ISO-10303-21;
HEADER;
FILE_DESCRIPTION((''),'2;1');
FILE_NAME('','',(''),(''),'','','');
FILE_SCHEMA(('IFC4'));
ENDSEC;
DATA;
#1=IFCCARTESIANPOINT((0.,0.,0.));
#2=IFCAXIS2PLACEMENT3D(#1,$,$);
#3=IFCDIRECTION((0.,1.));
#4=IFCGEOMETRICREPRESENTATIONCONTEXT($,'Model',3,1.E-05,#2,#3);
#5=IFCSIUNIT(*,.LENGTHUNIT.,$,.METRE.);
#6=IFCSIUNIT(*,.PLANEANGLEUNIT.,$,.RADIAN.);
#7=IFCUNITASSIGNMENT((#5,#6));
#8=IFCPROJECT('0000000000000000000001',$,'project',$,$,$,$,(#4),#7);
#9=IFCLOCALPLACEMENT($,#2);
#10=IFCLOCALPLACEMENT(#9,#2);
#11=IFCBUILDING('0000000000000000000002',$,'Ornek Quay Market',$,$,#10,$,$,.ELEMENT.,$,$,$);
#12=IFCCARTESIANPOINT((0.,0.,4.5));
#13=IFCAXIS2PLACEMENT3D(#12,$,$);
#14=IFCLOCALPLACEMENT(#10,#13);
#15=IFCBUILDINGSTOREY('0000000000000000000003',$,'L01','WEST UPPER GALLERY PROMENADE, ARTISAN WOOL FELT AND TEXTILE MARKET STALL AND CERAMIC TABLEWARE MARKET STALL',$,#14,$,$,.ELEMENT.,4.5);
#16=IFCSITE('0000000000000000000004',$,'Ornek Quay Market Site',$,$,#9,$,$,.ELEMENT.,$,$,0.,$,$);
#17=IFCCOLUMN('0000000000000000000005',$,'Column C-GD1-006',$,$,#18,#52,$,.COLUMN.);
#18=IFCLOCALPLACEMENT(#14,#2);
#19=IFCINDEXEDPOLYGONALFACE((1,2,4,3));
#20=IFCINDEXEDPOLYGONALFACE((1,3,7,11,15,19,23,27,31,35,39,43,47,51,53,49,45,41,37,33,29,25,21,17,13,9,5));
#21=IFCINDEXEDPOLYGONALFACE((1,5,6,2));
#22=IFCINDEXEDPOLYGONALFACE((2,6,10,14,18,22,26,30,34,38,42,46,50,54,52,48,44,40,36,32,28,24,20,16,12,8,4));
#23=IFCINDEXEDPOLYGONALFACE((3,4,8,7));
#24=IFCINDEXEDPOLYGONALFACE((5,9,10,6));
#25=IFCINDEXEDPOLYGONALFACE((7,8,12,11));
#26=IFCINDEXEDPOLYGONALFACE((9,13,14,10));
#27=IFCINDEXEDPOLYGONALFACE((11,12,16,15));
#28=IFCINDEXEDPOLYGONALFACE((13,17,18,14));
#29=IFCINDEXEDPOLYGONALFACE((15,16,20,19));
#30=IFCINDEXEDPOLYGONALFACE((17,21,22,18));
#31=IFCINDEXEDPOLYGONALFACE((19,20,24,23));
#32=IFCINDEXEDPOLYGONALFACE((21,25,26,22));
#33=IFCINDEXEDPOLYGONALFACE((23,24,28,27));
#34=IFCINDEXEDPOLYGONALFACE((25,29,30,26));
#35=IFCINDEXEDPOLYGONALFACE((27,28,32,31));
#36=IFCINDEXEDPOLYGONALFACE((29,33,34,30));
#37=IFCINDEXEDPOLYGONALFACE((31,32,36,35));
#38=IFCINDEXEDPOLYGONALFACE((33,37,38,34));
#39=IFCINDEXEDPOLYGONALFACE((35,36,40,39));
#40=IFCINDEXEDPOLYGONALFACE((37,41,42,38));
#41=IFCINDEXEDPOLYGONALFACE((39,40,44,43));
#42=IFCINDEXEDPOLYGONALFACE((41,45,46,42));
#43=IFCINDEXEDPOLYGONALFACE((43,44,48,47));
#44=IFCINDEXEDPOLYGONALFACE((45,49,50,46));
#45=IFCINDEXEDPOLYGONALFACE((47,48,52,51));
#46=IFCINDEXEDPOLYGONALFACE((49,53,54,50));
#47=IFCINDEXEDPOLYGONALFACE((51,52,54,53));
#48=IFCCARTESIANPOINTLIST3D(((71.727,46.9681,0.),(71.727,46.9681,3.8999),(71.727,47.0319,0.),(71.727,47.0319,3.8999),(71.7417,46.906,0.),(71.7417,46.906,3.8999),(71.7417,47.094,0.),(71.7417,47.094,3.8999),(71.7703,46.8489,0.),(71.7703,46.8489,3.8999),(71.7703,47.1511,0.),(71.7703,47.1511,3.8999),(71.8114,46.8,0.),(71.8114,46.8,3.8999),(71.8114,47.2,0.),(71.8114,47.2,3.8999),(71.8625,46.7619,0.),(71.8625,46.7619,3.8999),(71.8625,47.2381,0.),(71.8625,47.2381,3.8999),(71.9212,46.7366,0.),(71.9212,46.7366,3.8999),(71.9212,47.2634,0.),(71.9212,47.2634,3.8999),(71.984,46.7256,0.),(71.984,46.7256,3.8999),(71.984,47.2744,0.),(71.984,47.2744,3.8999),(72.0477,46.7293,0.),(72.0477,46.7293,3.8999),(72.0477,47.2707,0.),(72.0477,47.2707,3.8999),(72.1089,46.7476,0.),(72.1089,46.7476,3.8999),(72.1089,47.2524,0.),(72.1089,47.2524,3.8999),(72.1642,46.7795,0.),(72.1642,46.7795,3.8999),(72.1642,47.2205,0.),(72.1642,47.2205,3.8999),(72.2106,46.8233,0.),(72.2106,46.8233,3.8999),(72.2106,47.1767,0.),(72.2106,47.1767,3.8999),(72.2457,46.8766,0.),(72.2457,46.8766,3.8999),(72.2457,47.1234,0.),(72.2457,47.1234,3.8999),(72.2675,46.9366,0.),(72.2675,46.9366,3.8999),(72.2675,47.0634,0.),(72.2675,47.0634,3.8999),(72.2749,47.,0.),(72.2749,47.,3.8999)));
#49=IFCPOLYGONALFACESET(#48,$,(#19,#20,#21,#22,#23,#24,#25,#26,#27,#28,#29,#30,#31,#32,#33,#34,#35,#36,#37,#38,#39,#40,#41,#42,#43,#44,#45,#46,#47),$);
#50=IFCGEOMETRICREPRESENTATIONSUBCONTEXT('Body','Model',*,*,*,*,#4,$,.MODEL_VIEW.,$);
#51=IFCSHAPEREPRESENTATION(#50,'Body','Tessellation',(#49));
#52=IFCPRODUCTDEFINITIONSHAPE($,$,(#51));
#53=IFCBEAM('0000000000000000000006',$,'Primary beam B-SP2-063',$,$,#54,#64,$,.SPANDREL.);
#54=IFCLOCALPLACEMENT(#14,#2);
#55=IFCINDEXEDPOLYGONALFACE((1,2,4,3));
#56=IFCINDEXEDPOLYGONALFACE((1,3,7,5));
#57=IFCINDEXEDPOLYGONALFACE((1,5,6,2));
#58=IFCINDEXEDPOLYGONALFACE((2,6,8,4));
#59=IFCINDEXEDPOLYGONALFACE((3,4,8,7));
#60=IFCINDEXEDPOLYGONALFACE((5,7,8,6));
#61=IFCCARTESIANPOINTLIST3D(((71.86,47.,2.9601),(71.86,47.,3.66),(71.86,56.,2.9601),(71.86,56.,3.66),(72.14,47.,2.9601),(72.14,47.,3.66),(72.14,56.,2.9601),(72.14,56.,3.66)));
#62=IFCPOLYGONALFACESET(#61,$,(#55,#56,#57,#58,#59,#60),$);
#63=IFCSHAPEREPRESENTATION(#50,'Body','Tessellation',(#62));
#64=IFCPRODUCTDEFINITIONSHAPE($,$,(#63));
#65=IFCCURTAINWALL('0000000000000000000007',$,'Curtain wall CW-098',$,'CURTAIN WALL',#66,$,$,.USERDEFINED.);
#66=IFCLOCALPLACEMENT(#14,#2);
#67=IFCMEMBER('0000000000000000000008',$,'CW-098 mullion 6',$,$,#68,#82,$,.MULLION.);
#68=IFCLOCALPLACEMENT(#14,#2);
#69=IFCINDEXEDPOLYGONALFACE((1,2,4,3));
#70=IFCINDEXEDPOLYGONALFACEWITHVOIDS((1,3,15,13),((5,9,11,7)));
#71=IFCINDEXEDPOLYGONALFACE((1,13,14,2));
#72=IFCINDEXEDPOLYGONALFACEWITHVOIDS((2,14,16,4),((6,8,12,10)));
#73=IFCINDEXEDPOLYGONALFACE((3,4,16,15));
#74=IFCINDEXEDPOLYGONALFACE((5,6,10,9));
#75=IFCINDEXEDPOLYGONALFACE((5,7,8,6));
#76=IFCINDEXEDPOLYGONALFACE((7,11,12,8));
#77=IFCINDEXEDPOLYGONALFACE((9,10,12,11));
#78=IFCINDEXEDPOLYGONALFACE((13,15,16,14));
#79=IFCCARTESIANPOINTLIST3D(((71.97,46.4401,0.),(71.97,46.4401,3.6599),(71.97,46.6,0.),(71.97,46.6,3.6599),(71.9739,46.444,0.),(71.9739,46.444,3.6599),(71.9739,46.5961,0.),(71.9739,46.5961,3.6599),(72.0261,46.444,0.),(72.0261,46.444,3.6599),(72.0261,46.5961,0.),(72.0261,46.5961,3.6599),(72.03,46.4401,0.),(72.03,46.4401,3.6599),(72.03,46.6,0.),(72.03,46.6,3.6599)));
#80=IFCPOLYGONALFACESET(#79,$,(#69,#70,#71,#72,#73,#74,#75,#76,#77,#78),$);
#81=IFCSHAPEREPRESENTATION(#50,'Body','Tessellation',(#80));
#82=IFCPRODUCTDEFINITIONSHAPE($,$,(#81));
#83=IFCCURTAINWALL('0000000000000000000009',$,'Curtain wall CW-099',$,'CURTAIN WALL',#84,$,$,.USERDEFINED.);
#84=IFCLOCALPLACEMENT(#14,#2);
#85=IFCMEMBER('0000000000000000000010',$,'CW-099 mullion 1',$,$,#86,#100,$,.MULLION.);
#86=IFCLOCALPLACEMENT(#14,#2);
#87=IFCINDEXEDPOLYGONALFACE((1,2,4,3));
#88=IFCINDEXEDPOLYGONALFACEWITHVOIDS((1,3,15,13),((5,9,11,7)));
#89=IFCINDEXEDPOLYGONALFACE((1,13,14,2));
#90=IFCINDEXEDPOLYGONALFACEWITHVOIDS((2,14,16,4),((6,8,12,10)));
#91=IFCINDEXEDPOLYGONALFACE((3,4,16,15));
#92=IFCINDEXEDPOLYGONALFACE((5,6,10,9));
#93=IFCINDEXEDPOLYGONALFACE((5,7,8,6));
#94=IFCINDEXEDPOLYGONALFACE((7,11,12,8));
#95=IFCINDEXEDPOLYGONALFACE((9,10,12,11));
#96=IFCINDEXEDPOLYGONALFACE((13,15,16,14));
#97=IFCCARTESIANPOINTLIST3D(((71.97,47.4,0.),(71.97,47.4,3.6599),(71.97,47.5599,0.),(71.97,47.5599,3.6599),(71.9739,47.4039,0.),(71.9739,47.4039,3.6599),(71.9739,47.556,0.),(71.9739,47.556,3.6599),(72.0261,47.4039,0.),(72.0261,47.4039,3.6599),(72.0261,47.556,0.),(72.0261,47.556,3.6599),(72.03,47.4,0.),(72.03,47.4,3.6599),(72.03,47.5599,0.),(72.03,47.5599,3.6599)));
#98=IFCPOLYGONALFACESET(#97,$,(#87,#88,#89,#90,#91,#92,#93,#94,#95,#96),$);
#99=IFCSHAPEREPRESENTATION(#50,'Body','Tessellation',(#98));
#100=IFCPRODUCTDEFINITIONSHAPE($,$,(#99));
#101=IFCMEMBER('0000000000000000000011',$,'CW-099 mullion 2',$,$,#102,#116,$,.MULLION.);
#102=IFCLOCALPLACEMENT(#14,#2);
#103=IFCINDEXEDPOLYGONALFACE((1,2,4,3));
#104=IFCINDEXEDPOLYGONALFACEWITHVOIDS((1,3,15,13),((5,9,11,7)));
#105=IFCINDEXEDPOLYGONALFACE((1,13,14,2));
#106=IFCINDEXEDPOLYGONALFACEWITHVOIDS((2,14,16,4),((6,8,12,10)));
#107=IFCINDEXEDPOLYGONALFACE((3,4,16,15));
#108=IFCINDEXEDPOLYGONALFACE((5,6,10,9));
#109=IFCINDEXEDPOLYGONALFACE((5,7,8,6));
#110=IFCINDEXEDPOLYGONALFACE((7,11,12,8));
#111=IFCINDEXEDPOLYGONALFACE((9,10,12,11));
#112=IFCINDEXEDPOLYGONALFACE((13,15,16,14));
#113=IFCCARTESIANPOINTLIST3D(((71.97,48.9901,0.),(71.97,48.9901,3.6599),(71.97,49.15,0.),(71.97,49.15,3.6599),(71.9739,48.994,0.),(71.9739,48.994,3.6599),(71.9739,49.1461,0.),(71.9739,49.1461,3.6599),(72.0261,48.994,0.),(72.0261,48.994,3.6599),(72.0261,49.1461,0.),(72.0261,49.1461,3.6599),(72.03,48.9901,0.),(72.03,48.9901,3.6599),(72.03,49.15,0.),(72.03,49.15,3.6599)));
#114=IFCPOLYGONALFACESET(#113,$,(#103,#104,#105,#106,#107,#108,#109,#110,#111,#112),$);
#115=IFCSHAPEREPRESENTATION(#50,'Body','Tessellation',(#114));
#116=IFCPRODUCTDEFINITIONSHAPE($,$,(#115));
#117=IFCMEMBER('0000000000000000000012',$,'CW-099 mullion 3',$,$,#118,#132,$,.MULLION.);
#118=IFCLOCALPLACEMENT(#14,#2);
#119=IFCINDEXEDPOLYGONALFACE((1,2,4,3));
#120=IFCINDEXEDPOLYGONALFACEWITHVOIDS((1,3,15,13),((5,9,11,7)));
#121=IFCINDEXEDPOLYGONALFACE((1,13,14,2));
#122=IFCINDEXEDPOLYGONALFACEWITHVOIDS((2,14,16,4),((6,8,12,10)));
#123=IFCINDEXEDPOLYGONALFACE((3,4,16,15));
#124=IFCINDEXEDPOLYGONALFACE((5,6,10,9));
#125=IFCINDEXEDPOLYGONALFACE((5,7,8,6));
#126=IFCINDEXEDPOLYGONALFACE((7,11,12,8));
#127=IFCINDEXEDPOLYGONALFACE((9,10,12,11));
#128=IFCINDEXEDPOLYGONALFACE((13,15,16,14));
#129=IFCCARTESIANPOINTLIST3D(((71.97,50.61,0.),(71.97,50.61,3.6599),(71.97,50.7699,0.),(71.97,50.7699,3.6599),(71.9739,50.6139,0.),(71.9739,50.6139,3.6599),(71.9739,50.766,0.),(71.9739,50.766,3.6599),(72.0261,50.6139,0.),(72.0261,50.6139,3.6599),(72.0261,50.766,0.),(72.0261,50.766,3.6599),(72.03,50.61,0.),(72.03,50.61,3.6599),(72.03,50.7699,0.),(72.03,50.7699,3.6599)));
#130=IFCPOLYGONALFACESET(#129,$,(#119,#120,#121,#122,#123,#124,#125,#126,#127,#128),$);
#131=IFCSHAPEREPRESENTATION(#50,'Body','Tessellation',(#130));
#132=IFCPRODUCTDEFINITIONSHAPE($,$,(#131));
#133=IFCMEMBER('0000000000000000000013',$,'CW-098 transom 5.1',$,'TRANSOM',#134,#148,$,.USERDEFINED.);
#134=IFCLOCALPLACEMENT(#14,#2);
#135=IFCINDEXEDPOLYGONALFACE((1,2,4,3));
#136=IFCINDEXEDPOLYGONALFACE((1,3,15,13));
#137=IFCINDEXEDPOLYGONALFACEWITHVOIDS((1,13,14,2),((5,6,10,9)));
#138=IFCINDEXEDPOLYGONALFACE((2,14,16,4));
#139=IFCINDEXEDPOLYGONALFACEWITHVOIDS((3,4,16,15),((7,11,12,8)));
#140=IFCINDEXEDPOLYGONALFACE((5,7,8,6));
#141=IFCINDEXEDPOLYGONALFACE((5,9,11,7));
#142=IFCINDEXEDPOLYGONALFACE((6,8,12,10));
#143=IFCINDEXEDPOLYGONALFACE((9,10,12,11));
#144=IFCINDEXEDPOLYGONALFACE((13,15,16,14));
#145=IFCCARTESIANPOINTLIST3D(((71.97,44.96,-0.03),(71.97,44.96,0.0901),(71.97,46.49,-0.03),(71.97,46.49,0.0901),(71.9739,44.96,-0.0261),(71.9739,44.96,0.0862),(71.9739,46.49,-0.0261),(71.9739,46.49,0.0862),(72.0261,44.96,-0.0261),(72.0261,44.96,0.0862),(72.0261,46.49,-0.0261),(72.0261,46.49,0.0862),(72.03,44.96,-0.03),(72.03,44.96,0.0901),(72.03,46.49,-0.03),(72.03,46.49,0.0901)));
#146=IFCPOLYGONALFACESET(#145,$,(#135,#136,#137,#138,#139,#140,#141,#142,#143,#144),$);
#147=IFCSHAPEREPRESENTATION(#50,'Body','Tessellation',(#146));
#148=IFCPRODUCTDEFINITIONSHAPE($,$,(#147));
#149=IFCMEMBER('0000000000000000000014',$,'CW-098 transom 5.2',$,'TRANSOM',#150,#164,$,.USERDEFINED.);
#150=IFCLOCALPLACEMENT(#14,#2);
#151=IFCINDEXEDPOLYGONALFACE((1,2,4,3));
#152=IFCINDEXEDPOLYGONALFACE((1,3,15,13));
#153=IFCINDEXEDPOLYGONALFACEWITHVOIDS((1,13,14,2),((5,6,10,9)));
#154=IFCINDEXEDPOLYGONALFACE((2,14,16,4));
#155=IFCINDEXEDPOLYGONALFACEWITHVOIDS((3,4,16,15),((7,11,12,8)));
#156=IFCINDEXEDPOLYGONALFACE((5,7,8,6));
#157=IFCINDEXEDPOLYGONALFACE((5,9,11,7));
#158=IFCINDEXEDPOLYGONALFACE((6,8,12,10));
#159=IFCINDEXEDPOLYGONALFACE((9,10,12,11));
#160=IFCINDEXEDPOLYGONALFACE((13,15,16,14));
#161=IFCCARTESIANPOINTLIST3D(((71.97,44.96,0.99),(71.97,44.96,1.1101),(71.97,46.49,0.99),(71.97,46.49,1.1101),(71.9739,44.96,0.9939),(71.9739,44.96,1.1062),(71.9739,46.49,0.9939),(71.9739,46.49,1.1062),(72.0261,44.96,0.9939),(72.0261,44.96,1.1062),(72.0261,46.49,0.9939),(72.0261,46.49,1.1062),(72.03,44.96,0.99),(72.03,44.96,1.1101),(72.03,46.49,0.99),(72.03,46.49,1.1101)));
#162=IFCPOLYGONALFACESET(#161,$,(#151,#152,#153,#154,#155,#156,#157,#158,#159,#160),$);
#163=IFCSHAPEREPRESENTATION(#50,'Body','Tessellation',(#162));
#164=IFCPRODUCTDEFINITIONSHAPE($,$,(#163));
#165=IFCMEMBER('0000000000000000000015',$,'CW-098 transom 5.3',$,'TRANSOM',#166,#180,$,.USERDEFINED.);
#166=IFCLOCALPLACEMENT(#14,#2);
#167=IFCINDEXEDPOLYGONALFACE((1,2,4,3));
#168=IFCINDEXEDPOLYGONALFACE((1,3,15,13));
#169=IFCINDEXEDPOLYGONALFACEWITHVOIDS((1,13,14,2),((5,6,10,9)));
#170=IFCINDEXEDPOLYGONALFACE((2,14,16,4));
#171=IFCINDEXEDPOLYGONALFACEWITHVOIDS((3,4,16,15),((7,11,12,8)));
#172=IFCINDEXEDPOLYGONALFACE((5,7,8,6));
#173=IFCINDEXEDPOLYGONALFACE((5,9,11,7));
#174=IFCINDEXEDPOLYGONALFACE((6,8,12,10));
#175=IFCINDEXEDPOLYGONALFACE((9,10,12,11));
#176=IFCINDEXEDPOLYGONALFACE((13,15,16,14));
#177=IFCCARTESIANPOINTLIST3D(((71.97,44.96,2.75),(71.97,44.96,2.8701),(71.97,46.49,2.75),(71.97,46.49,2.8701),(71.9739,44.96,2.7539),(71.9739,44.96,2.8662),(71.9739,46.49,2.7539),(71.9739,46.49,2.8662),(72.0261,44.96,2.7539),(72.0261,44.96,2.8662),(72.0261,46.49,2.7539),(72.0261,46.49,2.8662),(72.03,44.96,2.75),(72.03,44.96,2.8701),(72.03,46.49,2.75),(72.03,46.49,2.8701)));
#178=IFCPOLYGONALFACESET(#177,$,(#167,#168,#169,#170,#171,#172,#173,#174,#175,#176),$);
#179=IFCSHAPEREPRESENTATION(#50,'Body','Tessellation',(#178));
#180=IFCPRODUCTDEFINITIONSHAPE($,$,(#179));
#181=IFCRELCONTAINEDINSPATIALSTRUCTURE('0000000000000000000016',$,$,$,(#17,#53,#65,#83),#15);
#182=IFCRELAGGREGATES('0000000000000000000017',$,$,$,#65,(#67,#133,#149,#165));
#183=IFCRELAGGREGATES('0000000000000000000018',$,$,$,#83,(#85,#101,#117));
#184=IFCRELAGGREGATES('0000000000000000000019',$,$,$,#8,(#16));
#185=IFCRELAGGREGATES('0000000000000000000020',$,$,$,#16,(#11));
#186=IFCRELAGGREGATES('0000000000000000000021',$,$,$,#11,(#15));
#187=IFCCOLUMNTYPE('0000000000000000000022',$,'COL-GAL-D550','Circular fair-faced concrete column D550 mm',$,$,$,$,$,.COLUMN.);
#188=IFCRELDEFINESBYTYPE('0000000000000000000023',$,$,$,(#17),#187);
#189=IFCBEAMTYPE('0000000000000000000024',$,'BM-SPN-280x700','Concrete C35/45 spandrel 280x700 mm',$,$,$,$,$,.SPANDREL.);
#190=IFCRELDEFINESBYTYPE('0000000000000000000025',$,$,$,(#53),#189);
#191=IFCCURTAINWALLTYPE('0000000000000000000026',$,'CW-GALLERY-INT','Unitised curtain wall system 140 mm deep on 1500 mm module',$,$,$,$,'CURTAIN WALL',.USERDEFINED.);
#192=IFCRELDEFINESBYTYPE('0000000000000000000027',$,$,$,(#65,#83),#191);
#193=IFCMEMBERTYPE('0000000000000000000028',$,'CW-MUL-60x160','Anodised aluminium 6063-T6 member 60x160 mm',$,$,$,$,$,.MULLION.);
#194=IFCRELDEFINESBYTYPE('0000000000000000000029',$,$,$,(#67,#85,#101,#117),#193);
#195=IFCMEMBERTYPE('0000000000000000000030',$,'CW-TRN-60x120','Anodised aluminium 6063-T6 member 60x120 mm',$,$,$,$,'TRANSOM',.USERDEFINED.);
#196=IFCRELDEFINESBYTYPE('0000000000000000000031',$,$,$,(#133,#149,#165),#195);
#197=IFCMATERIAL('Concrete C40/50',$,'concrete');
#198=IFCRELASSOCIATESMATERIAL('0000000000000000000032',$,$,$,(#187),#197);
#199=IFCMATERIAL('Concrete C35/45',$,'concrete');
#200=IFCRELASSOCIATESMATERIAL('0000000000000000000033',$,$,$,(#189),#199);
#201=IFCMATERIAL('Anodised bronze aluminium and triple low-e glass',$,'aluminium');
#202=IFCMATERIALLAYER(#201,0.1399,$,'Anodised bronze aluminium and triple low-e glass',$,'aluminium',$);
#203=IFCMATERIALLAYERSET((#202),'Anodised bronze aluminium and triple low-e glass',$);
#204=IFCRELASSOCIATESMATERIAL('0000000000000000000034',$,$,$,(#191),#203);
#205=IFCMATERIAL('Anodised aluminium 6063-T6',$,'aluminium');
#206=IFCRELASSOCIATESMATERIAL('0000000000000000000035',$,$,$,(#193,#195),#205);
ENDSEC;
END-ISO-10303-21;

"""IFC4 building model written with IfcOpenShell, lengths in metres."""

from ifc_helpers import new_model, si_unit, direction, frame, origin, origin_2d, place, context, subcontext, project, spatial, rectangle, hollow_rectangle, circle, extrude, material, layer, layer_set, material_profile, profile_set, type_object, element, aggregate, save


model = new_model("IFC4")

# Units and contexts
model_context = context("Model", 3, precision=1e-05, world=origin(), true_north=direction((0.0, 1.0)))
body_context = subcontext(model_context, "Body", "Model", "MODEL_VIEW")
ifc_project = project(units=[si_unit("LENGTHUNIT", "METRE"), si_unit("PLANEANGLEUNIT", "RADIAN")], contexts=[model_context])

# Site, building, storey
site_placement = place(None, origin())
site = spatial("IfcSite", under=ifc_project, at=site_placement, Name="Ornek Quay Market Site", CompositionType="ELEMENT", RefElevation=0.0)
building_placement = place(site_placement, origin())
building = spatial("IfcBuilding", under=site, at=building_placement, Name="Ornek Quay Market", CompositionType="ELEMENT")
storey_placement = place(building_placement, frame((0.0, 0.0, 4.5)))
storey = spatial("IfcBuildingStorey", under=building, at=storey_placement, Name="L01", Description="WEST UPPER GALLERY PROMENADE, ARTISAN WOOL FELT AND TEXTILE MARKET STALL AND CERAMIC TABLEWARE MARKET STALL", CompositionType="ELEMENT", Elevation=4.5)

# Column
ifc_material_1 = material(Name="Concrete C40/50", Category="concrete")
ifc_material_profile_1 = material_profile(ifc_material_1, circle(Radius=0.2749, at=origin_2d()), Name="RC D550", Category="concrete")
ifc_profile_set_1 = profile_set([ifc_material_profile_1], Name="Concrete C40/50")
column_type = type_object("IfcColumnType", Name="COL-GAL-D550", Description="Circular fair-faced concrete column D550 mm", PredefinedType="COLUMN", material=ifc_profile_set_1)
column_placement = place(storey_placement, frame((72.0, 47.0, 0.0), z_axis=(0.0, 0.0, 1.0), x_axis=(1.0, 0.0, 0.0)))
element("IfcColumn", 1, at=column_placement, inside=storey, type_object=column_type, Name="Column C-GD1-006", PredefinedType="COLUMN", context=body_context, shape_type="SweptSolid", body=[
    extrude(circle(Radius=0.2749, at=origin_2d()), origin(), (0.0, 0.0, 1.0), 3.8999),
])

# Beam
ifc_material_2 = material(Name="Concrete C35/45", Category="concrete")
ifc_material_profile_2 = material_profile(ifc_material_2, rectangle(XDim=0.28, YDim=0.7, at=origin_2d()), Name="RC 280x700", Category="concrete")
ifc_profile_set_2 = profile_set([ifc_material_profile_2], Name="Concrete C35/45")
beam_type = type_object("IfcBeamType", Name="BM-SPN-280x700", Description="Concrete C35/45 spandrel 280x700 mm", PredefinedType="SPANDREL", material=ifc_profile_set_2)
beam_placement = place(storey_placement, frame((72.0, 47.0, 3.3101), z_axis=(0.0, 1.0, 0.0), x_axis=(-1.0, 0.0, 0.0)))
element("IfcBeam", 2, at=beam_placement, inside=storey, type_object=beam_type, Name="Primary beam B-SP2-063", PredefinedType="SPANDREL", context=body_context, shape_type="SweptSolid", body=[
    extrude(rectangle(XDim=0.28, YDim=0.7, at=origin_2d()), origin(), (0.0, 0.0, 1.0), 9.0),
])

# Curtain wall, member
ifc_material_3 = material(Name="Anodised bronze aluminium and triple low-e glass", Category="aluminium")
ifc_layer_1 = layer(ifc_material_3, 0.1399, Name="Anodised bronze aluminium and triple low-e glass", Category="aluminium")
ifc_layer_set_1 = layer_set([ifc_layer_1], Name="Anodised bronze aluminium and triple low-e glass")
curtain_wall_type = type_object("IfcCurtainWallType", Name="CW-GALLERY-INT", Description="Unitised curtain wall system 140 mm deep on 1500 mm module", ElementType="CURTAIN WALL", PredefinedType="USERDEFINED", material=ifc_layer_set_1)
curtain_wall_1_placement = place(storey_placement, origin())
curtain_wall_1 = element("IfcCurtainWall", 3, at=curtain_wall_1_placement, inside=storey, type_object=curtain_wall_type, Name="Curtain wall CW-098", ObjectType="CURTAIN WALL", PredefinedType="USERDEFINED")
ifc_material_4 = material(Name="Anodised aluminium 6063-T6", Category="aluminium")
ifc_material_profile_3 = material_profile(ifc_material_4, hollow_rectangle(XDim=0.0601, YDim=0.1599, WallThickness=0.0039, at=origin_2d()), Name="CW-MUL-60x160", Category="aluminium")
ifc_profile_set_3 = profile_set([ifc_material_profile_3], Name="Anodised aluminium 6063-T6")
member_type_1 = type_object("IfcMemberType", Name="CW-MUL-60x160", Description="Anodised aluminium 6063-T6 member 60x160 mm", PredefinedType="MULLION", material=ifc_profile_set_3)
member_1_placement = place(storey_placement, frame((72.0, 46.52, 0.0), z_axis=(0.0, 0.0, 1.0), x_axis=(-1.0, 0.0, 0.0)))
member_1 = element("IfcMember", 4, at=member_1_placement, type_object=member_type_1, Name="CW-098 mullion 6", PredefinedType="MULLION", context=body_context, shape_type="SweptSolid", body=[
    extrude(hollow_rectangle(XDim=0.0601, YDim=0.1599, WallThickness=0.0039, at=origin_2d()), origin(), (0.0, 0.0, 1.0), 3.6599),
])

# Curtain wall, members
curtain_wall_2_placement = place(storey_placement, origin())
curtain_wall_2 = element("IfcCurtainWall", 5, at=curtain_wall_2_placement, inside=storey, type_object=curtain_wall_type, Name="Curtain wall CW-099", ObjectType="CURTAIN WALL", PredefinedType="USERDEFINED")
member_2_placement = place(storey_placement, frame((72.0, 47.48, 0.0), z_axis=(0.0, 0.0, 1.0), x_axis=(-1.0, 0.0, 0.0)))
member_2 = element("IfcMember", 6, at=member_2_placement, type_object=member_type_1, Name="CW-099 mullion 1", PredefinedType="MULLION", context=body_context, shape_type="SweptSolid", body=[
    extrude(hollow_rectangle(XDim=0.0601, YDim=0.1599, WallThickness=0.0039, at=origin_2d()), origin(), (0.0, 0.0, 1.0), 3.6599),
])
member_3_placement = place(storey_placement, frame((72.0, 49.0701, 0.0), z_axis=(0.0, 0.0, 1.0), x_axis=(-1.0, 0.0, 0.0)))
member_3 = element("IfcMember", 7, at=member_3_placement, type_object=member_type_1, Name="CW-099 mullion 2", PredefinedType="MULLION", context=body_context, shape_type="SweptSolid", body=[
    extrude(hollow_rectangle(XDim=0.0601, YDim=0.1599, WallThickness=0.0039, at=origin_2d()), origin(), (0.0, 0.0, 1.0), 3.6599),
])
member_4_placement = place(storey_placement, frame((72.0, 50.6899, 0.0), z_axis=(0.0, 0.0, 1.0), x_axis=(-1.0, 0.0, 0.0)))
member_4 = element("IfcMember", 8, at=member_4_placement, type_object=member_type_1, Name="CW-099 mullion 3", PredefinedType="MULLION", context=body_context, shape_type="SweptSolid", body=[
    extrude(hollow_rectangle(XDim=0.0601, YDim=0.1599, WallThickness=0.0039, at=origin_2d()), origin(), (0.0, 0.0, 1.0), 3.6599),
])

# Members
ifc_material_profile_4 = material_profile(ifc_material_4, hollow_rectangle(XDim=0.0601, YDim=0.1201, WallThickness=0.0039, at=origin_2d()), Name="CW-TRN-60x120", Category="aluminium")
ifc_profile_set_4 = profile_set([ifc_material_profile_4], Name="Anodised aluminium 6063-T6")
member_type_2 = type_object("IfcMemberType", Name="CW-TRN-60x120", Description="Anodised aluminium 6063-T6 member 60x120 mm", ElementType="TRANSOM", PredefinedType="USERDEFINED", material=ifc_profile_set_4)
member_5_placement = place(storey_placement, frame((72.0, 44.96, 0.03), z_axis=(0.0, 1.0, 0.0), x_axis=(-1.0, 0.0, 0.0)))
member_5 = element("IfcMember", 9, at=member_5_placement, type_object=member_type_2, Name="CW-098 transom 5.1", ObjectType="TRANSOM", PredefinedType="USERDEFINED", context=body_context, shape_type="SweptSolid", body=[
    extrude(hollow_rectangle(XDim=0.0601, YDim=0.1201, WallThickness=0.0039, at=origin_2d()), origin(), (0.0, 0.0, 1.0), 1.53),
])
member_6_placement = place(storey_placement, frame((72.0, 44.96, 1.05), z_axis=(0.0, 1.0, 0.0), x_axis=(-1.0, 0.0, 0.0)))
member_6 = element("IfcMember", 10, at=member_6_placement, type_object=member_type_2, Name="CW-098 transom 5.2", ObjectType="TRANSOM", PredefinedType="USERDEFINED", context=body_context, shape_type="SweptSolid", body=[
    extrude(hollow_rectangle(XDim=0.0601, YDim=0.1201, WallThickness=0.0039, at=origin_2d()), origin(), (0.0, 0.0, 1.0), 1.53),
])
member_7_placement = place(storey_placement, frame((72.0, 44.96, 2.8101), z_axis=(0.0, 1.0, 0.0), x_axis=(-1.0, 0.0, 0.0)))
member_7 = element("IfcMember", 11, at=member_7_placement, type_object=member_type_2, Name="CW-098 transom 5.3", ObjectType="TRANSOM", PredefinedType="USERDEFINED", context=body_context, shape_type="SweptSolid", body=[
    extrude(hollow_rectangle(XDim=0.0601, YDim=0.1201, WallThickness=0.0039, at=origin_2d()), origin(), (0.0, 0.0, 1.0), 1.53),
])

aggregate(curtain_wall_1, [member_1, member_5, member_6, member_7])
aggregate(curtain_wall_2, [member_2, member_3, member_4])

save(model, "model.ifc")
